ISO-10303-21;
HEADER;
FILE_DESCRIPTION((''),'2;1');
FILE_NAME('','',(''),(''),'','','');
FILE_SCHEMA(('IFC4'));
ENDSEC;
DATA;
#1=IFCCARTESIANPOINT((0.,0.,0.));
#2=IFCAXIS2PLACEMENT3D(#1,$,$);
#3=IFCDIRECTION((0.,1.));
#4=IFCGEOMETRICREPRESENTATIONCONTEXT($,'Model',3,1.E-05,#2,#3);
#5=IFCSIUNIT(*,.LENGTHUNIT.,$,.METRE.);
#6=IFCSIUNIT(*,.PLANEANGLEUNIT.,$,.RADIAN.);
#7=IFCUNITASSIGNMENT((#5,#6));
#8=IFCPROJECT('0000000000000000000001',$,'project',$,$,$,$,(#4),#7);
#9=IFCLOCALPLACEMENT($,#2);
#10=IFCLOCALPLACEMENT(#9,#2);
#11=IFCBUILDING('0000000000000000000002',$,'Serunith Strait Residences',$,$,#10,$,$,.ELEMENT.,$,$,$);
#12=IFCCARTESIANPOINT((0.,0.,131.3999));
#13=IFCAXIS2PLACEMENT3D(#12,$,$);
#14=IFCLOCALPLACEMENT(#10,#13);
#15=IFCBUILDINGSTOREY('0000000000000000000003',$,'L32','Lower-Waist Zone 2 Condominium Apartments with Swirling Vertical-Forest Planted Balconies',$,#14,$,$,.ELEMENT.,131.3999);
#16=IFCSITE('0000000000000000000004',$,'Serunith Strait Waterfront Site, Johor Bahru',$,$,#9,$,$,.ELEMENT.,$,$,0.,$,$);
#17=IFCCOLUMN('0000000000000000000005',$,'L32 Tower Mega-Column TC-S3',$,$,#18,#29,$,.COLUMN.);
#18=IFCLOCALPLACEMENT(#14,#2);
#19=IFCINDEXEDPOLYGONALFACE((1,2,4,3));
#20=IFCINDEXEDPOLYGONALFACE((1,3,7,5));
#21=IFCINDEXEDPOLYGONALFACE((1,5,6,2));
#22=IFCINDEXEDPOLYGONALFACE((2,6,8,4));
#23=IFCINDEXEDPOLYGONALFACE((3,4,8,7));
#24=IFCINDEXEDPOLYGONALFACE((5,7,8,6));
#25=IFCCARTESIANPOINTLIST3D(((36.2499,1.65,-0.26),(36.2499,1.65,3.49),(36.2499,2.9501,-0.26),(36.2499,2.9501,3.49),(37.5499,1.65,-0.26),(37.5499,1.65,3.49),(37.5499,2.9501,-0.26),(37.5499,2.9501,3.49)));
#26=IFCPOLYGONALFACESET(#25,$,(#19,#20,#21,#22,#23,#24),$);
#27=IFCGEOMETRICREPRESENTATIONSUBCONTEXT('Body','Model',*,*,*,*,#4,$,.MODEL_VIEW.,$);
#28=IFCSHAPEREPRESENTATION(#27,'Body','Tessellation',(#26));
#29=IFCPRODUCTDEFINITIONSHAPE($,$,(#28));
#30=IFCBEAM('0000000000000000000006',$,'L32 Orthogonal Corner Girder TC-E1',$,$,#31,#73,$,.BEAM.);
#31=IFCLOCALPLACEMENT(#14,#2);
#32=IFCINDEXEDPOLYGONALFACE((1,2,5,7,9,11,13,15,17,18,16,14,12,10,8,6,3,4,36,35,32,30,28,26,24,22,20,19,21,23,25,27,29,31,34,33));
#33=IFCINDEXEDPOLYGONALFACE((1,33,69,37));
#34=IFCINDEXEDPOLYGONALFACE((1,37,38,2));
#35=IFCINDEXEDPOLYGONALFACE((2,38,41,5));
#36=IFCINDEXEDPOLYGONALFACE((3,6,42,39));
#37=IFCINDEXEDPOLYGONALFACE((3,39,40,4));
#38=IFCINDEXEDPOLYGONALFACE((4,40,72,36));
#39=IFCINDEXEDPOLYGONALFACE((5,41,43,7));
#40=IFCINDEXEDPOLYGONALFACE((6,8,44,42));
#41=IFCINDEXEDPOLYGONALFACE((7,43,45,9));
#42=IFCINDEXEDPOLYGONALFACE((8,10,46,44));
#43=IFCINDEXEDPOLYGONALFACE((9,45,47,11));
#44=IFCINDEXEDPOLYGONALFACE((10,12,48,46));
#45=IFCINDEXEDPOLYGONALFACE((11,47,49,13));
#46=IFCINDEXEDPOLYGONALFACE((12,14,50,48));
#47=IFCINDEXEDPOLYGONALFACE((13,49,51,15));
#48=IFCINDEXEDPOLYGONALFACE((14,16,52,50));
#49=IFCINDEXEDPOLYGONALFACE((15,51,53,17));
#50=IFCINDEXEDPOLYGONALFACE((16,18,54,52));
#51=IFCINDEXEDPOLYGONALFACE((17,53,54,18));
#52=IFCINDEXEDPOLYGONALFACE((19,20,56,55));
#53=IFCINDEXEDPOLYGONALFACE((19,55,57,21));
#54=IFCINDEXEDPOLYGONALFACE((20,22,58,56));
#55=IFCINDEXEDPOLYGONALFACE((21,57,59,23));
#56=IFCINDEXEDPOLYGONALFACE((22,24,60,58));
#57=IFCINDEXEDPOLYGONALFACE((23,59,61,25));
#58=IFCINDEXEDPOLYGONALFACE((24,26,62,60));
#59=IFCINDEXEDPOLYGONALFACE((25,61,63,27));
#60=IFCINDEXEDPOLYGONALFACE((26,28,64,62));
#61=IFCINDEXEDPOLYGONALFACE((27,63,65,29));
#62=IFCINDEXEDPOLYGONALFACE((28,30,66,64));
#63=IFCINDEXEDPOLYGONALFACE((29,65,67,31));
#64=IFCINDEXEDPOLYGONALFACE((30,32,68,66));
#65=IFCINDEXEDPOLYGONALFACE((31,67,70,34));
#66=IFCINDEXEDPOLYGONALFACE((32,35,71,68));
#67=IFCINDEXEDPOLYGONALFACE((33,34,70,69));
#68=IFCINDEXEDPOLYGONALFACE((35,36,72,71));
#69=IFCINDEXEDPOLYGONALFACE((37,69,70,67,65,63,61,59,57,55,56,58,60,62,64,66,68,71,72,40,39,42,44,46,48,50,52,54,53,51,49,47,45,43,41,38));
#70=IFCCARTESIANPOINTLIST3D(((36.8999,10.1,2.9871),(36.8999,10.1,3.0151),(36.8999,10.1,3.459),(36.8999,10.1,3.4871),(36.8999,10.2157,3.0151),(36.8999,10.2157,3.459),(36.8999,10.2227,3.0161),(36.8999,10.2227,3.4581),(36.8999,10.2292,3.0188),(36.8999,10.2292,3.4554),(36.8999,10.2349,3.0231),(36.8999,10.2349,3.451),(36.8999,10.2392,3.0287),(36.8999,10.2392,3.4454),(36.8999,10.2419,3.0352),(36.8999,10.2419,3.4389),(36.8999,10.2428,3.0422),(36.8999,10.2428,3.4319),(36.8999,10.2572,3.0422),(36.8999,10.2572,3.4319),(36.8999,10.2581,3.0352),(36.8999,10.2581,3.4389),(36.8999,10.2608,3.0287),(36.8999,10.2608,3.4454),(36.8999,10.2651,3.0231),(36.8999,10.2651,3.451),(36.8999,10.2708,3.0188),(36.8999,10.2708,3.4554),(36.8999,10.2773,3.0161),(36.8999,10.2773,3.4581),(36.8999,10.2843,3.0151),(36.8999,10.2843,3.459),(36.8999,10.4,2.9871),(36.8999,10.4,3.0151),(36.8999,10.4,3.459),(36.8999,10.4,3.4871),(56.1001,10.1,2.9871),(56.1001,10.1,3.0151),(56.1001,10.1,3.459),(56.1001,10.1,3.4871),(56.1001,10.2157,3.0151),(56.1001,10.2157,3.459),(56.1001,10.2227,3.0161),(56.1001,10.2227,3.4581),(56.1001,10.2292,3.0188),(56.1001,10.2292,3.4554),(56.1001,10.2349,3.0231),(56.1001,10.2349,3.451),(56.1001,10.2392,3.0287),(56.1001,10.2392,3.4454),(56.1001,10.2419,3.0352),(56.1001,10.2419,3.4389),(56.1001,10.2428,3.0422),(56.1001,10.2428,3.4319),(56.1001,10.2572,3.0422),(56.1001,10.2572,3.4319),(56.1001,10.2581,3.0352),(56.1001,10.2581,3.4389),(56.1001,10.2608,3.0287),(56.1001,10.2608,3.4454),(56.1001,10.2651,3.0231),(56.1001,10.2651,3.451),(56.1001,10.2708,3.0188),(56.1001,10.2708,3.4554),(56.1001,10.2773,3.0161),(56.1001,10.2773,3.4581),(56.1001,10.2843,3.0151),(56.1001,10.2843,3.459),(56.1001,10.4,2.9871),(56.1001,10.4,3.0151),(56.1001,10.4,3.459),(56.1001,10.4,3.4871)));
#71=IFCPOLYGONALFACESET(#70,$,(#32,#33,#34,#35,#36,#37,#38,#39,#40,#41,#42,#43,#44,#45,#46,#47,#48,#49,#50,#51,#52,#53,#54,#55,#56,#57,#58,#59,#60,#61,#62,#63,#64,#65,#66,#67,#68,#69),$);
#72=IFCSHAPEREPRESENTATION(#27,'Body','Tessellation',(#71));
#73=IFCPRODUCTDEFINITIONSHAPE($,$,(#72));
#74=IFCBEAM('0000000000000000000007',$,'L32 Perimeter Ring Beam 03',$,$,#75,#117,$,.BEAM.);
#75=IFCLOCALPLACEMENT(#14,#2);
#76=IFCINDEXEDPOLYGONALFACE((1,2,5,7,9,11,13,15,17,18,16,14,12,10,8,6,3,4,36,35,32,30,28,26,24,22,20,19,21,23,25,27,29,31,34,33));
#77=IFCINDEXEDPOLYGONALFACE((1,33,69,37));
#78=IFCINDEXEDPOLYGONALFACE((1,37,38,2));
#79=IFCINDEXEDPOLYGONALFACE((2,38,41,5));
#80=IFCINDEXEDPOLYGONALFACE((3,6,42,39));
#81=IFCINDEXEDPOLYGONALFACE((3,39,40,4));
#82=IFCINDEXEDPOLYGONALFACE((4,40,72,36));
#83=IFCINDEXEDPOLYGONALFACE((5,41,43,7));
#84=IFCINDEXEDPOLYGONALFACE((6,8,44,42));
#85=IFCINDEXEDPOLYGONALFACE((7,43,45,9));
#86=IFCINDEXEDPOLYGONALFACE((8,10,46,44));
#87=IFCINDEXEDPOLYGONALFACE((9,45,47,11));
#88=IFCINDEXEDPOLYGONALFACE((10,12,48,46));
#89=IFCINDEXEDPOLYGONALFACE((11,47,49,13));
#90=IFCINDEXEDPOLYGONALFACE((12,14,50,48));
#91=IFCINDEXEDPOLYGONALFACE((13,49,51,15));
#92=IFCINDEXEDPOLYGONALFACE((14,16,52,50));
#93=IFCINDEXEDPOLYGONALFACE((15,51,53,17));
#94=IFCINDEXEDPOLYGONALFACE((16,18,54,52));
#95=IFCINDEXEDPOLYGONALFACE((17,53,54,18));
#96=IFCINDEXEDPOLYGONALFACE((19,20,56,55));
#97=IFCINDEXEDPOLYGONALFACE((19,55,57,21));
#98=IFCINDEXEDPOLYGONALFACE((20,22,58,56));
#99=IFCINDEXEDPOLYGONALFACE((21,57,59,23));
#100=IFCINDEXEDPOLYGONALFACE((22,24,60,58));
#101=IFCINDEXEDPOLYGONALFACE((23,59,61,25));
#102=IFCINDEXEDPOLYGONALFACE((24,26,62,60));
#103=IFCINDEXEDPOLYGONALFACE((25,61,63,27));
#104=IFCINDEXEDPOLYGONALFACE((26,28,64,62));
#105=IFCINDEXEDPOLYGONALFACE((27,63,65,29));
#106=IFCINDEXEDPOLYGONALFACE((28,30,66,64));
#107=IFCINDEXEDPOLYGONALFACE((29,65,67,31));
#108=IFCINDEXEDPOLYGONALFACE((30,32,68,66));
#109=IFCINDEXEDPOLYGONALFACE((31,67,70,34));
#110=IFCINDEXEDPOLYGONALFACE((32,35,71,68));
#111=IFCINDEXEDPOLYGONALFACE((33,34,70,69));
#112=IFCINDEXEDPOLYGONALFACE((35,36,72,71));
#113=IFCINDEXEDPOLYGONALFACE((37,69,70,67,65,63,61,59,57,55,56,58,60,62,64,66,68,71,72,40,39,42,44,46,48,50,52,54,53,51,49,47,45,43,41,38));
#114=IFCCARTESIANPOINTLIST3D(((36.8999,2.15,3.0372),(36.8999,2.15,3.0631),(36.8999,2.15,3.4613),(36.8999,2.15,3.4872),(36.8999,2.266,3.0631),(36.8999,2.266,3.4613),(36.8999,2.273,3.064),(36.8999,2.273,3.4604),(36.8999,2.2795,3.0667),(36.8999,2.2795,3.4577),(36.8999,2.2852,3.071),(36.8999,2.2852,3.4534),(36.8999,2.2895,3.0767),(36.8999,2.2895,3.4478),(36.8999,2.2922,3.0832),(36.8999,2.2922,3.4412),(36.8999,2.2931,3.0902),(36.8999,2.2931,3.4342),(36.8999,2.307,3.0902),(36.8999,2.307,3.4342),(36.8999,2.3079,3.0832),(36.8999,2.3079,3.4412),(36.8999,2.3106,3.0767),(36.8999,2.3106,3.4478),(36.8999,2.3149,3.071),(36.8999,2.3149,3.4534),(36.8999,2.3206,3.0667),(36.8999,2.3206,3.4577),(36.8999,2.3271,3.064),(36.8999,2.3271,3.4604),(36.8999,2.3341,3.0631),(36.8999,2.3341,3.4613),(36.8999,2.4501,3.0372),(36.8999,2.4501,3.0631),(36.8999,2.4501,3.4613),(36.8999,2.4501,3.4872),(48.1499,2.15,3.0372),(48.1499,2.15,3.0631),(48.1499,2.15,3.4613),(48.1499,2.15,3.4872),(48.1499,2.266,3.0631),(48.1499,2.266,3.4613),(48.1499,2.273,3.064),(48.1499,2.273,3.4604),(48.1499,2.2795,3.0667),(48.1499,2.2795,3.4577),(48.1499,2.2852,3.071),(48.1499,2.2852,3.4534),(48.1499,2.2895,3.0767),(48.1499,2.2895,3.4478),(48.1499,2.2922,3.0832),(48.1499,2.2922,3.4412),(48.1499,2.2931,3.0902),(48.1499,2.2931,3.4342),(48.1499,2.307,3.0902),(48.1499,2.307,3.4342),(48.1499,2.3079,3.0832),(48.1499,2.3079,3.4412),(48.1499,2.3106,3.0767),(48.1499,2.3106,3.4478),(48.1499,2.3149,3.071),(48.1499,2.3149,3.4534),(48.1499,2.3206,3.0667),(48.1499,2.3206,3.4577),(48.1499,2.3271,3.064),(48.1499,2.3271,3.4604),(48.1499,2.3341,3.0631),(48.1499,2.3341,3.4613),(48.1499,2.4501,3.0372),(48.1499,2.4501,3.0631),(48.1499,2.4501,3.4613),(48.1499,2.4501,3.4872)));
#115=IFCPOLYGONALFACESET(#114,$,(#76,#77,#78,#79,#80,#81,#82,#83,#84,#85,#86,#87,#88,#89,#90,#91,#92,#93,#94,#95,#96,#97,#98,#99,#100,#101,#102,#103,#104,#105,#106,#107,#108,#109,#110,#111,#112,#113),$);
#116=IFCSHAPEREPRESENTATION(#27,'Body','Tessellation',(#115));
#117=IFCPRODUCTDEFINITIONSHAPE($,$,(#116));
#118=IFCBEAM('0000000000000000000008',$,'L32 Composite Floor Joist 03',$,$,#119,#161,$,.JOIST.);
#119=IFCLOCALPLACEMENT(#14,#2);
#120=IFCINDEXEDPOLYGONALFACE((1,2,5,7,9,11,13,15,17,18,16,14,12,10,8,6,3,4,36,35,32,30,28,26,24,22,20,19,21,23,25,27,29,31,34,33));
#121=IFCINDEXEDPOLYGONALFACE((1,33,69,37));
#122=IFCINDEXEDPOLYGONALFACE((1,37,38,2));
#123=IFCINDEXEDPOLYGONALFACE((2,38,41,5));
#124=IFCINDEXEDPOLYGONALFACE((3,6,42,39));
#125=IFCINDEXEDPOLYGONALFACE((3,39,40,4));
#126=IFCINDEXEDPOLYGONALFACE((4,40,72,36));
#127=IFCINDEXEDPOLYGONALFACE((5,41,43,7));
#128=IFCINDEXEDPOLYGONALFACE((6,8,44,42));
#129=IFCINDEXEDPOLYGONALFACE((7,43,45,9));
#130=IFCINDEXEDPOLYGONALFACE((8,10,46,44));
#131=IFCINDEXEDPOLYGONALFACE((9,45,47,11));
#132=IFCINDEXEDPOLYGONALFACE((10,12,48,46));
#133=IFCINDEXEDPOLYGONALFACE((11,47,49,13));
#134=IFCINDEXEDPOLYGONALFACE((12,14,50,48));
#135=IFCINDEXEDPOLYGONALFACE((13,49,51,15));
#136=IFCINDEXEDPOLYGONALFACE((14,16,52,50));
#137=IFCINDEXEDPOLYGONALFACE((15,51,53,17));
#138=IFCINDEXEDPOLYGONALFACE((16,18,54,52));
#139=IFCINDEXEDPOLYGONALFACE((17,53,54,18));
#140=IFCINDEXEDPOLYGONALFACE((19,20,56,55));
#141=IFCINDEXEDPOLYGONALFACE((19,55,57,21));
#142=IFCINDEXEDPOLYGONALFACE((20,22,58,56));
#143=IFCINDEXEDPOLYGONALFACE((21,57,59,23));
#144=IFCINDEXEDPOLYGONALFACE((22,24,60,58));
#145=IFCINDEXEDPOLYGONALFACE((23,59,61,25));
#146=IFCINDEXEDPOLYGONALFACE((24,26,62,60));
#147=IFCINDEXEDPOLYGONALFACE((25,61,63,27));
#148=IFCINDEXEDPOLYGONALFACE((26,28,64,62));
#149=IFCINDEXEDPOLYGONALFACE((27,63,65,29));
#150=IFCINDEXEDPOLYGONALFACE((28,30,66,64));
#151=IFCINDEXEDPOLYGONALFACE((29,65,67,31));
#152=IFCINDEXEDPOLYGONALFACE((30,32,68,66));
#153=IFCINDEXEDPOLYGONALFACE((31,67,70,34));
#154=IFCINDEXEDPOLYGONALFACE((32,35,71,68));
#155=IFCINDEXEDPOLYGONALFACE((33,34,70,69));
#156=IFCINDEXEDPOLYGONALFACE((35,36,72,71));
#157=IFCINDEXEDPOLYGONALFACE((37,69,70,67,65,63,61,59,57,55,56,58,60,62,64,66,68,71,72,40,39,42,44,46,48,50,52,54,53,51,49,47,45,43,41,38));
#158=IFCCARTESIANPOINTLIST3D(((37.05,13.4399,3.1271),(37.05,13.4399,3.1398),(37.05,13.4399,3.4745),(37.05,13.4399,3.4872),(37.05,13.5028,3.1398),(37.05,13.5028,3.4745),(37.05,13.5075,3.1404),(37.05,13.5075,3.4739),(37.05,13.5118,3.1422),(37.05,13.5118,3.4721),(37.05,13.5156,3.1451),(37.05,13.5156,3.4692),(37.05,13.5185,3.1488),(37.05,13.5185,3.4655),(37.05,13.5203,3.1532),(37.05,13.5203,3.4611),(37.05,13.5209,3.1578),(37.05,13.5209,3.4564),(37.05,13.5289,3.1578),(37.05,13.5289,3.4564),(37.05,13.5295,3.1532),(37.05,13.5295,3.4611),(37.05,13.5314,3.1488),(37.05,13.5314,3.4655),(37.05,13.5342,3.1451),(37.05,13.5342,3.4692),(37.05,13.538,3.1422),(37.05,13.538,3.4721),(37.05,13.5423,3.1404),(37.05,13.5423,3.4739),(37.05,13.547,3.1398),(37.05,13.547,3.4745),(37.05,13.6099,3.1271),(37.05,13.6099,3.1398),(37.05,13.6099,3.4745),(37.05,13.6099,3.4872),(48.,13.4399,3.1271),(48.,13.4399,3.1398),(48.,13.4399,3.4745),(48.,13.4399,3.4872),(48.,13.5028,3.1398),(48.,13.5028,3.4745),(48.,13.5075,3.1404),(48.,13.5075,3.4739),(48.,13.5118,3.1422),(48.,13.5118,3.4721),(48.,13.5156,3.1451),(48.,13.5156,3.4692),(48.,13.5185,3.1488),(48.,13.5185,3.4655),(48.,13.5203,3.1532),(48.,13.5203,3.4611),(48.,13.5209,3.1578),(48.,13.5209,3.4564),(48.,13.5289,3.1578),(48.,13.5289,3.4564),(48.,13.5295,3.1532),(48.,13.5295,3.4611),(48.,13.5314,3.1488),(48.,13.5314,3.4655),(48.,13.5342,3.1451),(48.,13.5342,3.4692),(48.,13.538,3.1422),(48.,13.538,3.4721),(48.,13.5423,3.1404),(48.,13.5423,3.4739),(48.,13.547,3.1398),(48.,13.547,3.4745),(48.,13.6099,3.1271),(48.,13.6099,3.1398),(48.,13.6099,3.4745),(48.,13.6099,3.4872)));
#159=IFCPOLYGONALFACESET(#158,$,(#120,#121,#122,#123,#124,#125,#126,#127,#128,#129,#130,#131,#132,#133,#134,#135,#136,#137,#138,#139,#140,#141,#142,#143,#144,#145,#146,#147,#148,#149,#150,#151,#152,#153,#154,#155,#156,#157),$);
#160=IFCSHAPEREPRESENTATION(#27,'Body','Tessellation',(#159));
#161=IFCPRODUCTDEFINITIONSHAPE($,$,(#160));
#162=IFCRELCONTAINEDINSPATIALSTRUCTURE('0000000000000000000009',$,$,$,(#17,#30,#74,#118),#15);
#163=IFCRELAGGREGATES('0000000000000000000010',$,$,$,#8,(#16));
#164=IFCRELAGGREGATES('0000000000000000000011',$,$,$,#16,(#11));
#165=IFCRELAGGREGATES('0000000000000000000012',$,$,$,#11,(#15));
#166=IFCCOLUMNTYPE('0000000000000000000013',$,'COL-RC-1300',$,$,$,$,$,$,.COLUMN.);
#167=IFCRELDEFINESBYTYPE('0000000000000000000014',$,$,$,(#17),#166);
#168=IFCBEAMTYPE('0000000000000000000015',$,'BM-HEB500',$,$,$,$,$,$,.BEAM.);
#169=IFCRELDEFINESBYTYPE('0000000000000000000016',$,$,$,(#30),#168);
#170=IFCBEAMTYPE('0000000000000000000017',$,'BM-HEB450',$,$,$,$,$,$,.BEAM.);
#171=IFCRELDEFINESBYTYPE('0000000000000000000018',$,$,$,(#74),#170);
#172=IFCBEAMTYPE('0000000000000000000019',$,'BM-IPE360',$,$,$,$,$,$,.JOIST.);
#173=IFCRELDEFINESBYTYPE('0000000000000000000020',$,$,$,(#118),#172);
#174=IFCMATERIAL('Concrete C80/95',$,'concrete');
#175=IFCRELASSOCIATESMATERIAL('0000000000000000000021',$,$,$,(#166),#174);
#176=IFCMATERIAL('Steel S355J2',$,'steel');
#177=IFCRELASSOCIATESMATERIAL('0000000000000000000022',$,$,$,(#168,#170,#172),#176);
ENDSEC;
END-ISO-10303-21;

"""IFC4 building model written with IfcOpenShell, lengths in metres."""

from ifc_helpers import new_model, si_unit, direction, frame, origin, origin_2d, place, context, subcontext, project, spatial, rectangle, i_section, extrude, source, transform, mapped, material, material_profile, profile_set, type_object, element, save


model = new_model("IFC4")

# Units and contexts
model_context = context("Model", 3, precision=1e-05, world=origin(), true_north=direction((0.0, 1.0)))
body_context = subcontext(model_context, "Body", "Model", "MODEL_VIEW")
ifc_project = project(units=[si_unit("LENGTHUNIT", "METRE"), si_unit("PLANEANGLEUNIT", "RADIAN")], contexts=[model_context])

# Site, building, storey
site_placement = place(None, origin())
site = spatial("IfcSite", under=ifc_project, at=site_placement, Name="Serunith Strait Waterfront Site, Johor Bahru", CompositionType="ELEMENT", RefElevation=0.0)
building_placement = place(site_placement, origin())
building = spatial("IfcBuilding", under=site, at=building_placement, Name="Serunith Strait Residences", CompositionType="ELEMENT")
storey_placement = place(building_placement, frame((0.0, 0.0, 131.3999)))
storey = spatial("IfcBuildingStorey", under=building, at=storey_placement, Name="L32", Description="Lower-Waist Zone 2 Condominium Apartments with Swirling Vertical-Forest Planted Balconies", CompositionType="ELEMENT", Elevation=131.3999)

# Column
ifc_material_1 = material(Name="Concrete C80/95", Category="concrete")
ifc_material_profile_1 = material_profile(ifc_material_1, rectangle(XDim=1.3, YDim=1.3, at=origin_2d()), Name="RC 1300x1300")
ifc_profile_set_1 = profile_set([ifc_material_profile_1], Name="Concrete C80/95")
column_type = type_object("IfcColumnType", Name="COL-RC-1300", PredefinedType="COLUMN", material=ifc_profile_set_1)
shared_shape_1 = source(origin(), body_context, "Body", "SweptSolid", [
    extrude(rectangle(XDim=1.3, YDim=1.3, at=origin_2d()), origin(), (0.0, 0.0, 1.0), 3.75),
])
column_placement = place(storey_placement, frame((36.8999, 2.3, -0.26), z_axis=(0.0, 0.0, 1.0), x_axis=(1.0, 0.0, 0.0)))
element("IfcColumn", 1, at=column_placement, inside=storey, type_object=column_type, Name="L32 Tower Mega-Column TC-S3", PredefinedType="COLUMN", context=body_context, shape_type="MappedRepresentation", body=[
    mapped(shared_shape_1, transform((0.0, 0.0, 0.0), scale=1.0)),
])

# Beams
ifc_material_2 = material(Name="Steel S355J2", Category="steel")
ifc_material_profile_2 = material_profile(ifc_material_2, i_section(OverallWidth=0.3, OverallDepth=0.5, WebThickness=0.0144, FlangeThickness=0.0281, FilletRadius=0.0271, at=origin_2d()), Name="HEB 500")
ifc_profile_set_2 = profile_set([ifc_material_profile_2], Name="Steel S355J2")
beam_type_1 = type_object("IfcBeamType", Name="BM-HEB500", PredefinedType="BEAM", material=ifc_profile_set_2)
shared_shape_2 = source(origin(), body_context, "Body", "SweptSolid", [
    extrude(i_section(OverallWidth=0.3, OverallDepth=0.5, WebThickness=0.0144, FlangeThickness=0.0281, FilletRadius=0.0271, at=origin_2d()), origin(), (0.0, 0.0, 1.0), 19.2002),
])
beam_1_placement = place(storey_placement, frame((36.8999, 10.25, 3.2371), z_axis=(1.0, 0.0, 0.0), x_axis=(0.0, 1.0, 0.0)))
element("IfcBeam", 2, at=beam_1_placement, inside=storey, type_object=beam_type_1, Name="L32 Orthogonal Corner Girder TC-E1", PredefinedType="BEAM", context=body_context, shape_type="MappedRepresentation", body=[
    mapped(shared_shape_2, transform((0.0, 0.0, 0.0), scale=1.0)),
])
ifc_material_profile_3 = material_profile(ifc_material_2, i_section(OverallWidth=0.3, OverallDepth=0.45, WebThickness=0.0139, FlangeThickness=0.0259, FilletRadius=0.0271, at=origin_2d()), Name="HEB 450")
ifc_profile_set_3 = profile_set([ifc_material_profile_3], Name="Steel S355J2")
beam_type_2 = type_object("IfcBeamType", Name="BM-HEB450", PredefinedType="BEAM", material=ifc_profile_set_3)
shared_shape_3 = source(origin(), body_context, "Body", "SweptSolid", [
    extrude(i_section(OverallWidth=0.3, OverallDepth=0.45, WebThickness=0.0139, FlangeThickness=0.0259, FilletRadius=0.0271, at=origin_2d()), origin(), (0.0, 0.0, 1.0), 11.25),
])
beam_2_placement = place(storey_placement, frame((36.8999, 2.3, 3.2622), z_axis=(1.0, 0.0, 0.0), x_axis=(0.0, 1.0, 0.0)))
element("IfcBeam", 3, at=beam_2_placement, inside=storey, type_object=beam_type_2, Name="L32 Perimeter Ring Beam 03", PredefinedType="BEAM", context=body_context, shape_type="MappedRepresentation", body=[
    mapped(shared_shape_3, transform((0.0, 0.0, 0.0), scale=1.0)),
])
ifc_material_profile_4 = material_profile(ifc_material_2, i_section(OverallWidth=0.1699, OverallDepth=0.3601, WebThickness=0.0081, FlangeThickness=0.0127, FilletRadius=0.0181, at=origin_2d()), Name="IPE 360")
ifc_profile_set_4 = profile_set([ifc_material_profile_4], Name="Steel S355J2")
beam_type_3 = type_object("IfcBeamType", Name="BM-IPE360", PredefinedType="JOIST", material=ifc_profile_set_4)
shared_shape_4 = source(origin(), body_context, "Body", "SweptSolid", [
    extrude(i_section(OverallWidth=0.1699, OverallDepth=0.3601, WebThickness=0.0081, FlangeThickness=0.0127, FilletRadius=0.0181, at=origin_2d()), origin(), (0.0, 0.0, 1.0), 10.95),
])
beam_3_placement = place(storey_placement, frame((37.05, 13.5249, 3.3071), z_axis=(1.0, 0.0, 0.0), x_axis=(0.0, 1.0, 0.0)))
element("IfcBeam", 4, at=beam_3_placement, inside=storey, type_object=beam_type_3, Name="L32 Composite Floor Joist 03", PredefinedType="JOIST", context=body_context, shape_type="MappedRepresentation", body=[
    mapped(shared_shape_4, transform((0.0, 0.0, 0.0), scale=1.0)),
])

save(model, "model.ifc")
